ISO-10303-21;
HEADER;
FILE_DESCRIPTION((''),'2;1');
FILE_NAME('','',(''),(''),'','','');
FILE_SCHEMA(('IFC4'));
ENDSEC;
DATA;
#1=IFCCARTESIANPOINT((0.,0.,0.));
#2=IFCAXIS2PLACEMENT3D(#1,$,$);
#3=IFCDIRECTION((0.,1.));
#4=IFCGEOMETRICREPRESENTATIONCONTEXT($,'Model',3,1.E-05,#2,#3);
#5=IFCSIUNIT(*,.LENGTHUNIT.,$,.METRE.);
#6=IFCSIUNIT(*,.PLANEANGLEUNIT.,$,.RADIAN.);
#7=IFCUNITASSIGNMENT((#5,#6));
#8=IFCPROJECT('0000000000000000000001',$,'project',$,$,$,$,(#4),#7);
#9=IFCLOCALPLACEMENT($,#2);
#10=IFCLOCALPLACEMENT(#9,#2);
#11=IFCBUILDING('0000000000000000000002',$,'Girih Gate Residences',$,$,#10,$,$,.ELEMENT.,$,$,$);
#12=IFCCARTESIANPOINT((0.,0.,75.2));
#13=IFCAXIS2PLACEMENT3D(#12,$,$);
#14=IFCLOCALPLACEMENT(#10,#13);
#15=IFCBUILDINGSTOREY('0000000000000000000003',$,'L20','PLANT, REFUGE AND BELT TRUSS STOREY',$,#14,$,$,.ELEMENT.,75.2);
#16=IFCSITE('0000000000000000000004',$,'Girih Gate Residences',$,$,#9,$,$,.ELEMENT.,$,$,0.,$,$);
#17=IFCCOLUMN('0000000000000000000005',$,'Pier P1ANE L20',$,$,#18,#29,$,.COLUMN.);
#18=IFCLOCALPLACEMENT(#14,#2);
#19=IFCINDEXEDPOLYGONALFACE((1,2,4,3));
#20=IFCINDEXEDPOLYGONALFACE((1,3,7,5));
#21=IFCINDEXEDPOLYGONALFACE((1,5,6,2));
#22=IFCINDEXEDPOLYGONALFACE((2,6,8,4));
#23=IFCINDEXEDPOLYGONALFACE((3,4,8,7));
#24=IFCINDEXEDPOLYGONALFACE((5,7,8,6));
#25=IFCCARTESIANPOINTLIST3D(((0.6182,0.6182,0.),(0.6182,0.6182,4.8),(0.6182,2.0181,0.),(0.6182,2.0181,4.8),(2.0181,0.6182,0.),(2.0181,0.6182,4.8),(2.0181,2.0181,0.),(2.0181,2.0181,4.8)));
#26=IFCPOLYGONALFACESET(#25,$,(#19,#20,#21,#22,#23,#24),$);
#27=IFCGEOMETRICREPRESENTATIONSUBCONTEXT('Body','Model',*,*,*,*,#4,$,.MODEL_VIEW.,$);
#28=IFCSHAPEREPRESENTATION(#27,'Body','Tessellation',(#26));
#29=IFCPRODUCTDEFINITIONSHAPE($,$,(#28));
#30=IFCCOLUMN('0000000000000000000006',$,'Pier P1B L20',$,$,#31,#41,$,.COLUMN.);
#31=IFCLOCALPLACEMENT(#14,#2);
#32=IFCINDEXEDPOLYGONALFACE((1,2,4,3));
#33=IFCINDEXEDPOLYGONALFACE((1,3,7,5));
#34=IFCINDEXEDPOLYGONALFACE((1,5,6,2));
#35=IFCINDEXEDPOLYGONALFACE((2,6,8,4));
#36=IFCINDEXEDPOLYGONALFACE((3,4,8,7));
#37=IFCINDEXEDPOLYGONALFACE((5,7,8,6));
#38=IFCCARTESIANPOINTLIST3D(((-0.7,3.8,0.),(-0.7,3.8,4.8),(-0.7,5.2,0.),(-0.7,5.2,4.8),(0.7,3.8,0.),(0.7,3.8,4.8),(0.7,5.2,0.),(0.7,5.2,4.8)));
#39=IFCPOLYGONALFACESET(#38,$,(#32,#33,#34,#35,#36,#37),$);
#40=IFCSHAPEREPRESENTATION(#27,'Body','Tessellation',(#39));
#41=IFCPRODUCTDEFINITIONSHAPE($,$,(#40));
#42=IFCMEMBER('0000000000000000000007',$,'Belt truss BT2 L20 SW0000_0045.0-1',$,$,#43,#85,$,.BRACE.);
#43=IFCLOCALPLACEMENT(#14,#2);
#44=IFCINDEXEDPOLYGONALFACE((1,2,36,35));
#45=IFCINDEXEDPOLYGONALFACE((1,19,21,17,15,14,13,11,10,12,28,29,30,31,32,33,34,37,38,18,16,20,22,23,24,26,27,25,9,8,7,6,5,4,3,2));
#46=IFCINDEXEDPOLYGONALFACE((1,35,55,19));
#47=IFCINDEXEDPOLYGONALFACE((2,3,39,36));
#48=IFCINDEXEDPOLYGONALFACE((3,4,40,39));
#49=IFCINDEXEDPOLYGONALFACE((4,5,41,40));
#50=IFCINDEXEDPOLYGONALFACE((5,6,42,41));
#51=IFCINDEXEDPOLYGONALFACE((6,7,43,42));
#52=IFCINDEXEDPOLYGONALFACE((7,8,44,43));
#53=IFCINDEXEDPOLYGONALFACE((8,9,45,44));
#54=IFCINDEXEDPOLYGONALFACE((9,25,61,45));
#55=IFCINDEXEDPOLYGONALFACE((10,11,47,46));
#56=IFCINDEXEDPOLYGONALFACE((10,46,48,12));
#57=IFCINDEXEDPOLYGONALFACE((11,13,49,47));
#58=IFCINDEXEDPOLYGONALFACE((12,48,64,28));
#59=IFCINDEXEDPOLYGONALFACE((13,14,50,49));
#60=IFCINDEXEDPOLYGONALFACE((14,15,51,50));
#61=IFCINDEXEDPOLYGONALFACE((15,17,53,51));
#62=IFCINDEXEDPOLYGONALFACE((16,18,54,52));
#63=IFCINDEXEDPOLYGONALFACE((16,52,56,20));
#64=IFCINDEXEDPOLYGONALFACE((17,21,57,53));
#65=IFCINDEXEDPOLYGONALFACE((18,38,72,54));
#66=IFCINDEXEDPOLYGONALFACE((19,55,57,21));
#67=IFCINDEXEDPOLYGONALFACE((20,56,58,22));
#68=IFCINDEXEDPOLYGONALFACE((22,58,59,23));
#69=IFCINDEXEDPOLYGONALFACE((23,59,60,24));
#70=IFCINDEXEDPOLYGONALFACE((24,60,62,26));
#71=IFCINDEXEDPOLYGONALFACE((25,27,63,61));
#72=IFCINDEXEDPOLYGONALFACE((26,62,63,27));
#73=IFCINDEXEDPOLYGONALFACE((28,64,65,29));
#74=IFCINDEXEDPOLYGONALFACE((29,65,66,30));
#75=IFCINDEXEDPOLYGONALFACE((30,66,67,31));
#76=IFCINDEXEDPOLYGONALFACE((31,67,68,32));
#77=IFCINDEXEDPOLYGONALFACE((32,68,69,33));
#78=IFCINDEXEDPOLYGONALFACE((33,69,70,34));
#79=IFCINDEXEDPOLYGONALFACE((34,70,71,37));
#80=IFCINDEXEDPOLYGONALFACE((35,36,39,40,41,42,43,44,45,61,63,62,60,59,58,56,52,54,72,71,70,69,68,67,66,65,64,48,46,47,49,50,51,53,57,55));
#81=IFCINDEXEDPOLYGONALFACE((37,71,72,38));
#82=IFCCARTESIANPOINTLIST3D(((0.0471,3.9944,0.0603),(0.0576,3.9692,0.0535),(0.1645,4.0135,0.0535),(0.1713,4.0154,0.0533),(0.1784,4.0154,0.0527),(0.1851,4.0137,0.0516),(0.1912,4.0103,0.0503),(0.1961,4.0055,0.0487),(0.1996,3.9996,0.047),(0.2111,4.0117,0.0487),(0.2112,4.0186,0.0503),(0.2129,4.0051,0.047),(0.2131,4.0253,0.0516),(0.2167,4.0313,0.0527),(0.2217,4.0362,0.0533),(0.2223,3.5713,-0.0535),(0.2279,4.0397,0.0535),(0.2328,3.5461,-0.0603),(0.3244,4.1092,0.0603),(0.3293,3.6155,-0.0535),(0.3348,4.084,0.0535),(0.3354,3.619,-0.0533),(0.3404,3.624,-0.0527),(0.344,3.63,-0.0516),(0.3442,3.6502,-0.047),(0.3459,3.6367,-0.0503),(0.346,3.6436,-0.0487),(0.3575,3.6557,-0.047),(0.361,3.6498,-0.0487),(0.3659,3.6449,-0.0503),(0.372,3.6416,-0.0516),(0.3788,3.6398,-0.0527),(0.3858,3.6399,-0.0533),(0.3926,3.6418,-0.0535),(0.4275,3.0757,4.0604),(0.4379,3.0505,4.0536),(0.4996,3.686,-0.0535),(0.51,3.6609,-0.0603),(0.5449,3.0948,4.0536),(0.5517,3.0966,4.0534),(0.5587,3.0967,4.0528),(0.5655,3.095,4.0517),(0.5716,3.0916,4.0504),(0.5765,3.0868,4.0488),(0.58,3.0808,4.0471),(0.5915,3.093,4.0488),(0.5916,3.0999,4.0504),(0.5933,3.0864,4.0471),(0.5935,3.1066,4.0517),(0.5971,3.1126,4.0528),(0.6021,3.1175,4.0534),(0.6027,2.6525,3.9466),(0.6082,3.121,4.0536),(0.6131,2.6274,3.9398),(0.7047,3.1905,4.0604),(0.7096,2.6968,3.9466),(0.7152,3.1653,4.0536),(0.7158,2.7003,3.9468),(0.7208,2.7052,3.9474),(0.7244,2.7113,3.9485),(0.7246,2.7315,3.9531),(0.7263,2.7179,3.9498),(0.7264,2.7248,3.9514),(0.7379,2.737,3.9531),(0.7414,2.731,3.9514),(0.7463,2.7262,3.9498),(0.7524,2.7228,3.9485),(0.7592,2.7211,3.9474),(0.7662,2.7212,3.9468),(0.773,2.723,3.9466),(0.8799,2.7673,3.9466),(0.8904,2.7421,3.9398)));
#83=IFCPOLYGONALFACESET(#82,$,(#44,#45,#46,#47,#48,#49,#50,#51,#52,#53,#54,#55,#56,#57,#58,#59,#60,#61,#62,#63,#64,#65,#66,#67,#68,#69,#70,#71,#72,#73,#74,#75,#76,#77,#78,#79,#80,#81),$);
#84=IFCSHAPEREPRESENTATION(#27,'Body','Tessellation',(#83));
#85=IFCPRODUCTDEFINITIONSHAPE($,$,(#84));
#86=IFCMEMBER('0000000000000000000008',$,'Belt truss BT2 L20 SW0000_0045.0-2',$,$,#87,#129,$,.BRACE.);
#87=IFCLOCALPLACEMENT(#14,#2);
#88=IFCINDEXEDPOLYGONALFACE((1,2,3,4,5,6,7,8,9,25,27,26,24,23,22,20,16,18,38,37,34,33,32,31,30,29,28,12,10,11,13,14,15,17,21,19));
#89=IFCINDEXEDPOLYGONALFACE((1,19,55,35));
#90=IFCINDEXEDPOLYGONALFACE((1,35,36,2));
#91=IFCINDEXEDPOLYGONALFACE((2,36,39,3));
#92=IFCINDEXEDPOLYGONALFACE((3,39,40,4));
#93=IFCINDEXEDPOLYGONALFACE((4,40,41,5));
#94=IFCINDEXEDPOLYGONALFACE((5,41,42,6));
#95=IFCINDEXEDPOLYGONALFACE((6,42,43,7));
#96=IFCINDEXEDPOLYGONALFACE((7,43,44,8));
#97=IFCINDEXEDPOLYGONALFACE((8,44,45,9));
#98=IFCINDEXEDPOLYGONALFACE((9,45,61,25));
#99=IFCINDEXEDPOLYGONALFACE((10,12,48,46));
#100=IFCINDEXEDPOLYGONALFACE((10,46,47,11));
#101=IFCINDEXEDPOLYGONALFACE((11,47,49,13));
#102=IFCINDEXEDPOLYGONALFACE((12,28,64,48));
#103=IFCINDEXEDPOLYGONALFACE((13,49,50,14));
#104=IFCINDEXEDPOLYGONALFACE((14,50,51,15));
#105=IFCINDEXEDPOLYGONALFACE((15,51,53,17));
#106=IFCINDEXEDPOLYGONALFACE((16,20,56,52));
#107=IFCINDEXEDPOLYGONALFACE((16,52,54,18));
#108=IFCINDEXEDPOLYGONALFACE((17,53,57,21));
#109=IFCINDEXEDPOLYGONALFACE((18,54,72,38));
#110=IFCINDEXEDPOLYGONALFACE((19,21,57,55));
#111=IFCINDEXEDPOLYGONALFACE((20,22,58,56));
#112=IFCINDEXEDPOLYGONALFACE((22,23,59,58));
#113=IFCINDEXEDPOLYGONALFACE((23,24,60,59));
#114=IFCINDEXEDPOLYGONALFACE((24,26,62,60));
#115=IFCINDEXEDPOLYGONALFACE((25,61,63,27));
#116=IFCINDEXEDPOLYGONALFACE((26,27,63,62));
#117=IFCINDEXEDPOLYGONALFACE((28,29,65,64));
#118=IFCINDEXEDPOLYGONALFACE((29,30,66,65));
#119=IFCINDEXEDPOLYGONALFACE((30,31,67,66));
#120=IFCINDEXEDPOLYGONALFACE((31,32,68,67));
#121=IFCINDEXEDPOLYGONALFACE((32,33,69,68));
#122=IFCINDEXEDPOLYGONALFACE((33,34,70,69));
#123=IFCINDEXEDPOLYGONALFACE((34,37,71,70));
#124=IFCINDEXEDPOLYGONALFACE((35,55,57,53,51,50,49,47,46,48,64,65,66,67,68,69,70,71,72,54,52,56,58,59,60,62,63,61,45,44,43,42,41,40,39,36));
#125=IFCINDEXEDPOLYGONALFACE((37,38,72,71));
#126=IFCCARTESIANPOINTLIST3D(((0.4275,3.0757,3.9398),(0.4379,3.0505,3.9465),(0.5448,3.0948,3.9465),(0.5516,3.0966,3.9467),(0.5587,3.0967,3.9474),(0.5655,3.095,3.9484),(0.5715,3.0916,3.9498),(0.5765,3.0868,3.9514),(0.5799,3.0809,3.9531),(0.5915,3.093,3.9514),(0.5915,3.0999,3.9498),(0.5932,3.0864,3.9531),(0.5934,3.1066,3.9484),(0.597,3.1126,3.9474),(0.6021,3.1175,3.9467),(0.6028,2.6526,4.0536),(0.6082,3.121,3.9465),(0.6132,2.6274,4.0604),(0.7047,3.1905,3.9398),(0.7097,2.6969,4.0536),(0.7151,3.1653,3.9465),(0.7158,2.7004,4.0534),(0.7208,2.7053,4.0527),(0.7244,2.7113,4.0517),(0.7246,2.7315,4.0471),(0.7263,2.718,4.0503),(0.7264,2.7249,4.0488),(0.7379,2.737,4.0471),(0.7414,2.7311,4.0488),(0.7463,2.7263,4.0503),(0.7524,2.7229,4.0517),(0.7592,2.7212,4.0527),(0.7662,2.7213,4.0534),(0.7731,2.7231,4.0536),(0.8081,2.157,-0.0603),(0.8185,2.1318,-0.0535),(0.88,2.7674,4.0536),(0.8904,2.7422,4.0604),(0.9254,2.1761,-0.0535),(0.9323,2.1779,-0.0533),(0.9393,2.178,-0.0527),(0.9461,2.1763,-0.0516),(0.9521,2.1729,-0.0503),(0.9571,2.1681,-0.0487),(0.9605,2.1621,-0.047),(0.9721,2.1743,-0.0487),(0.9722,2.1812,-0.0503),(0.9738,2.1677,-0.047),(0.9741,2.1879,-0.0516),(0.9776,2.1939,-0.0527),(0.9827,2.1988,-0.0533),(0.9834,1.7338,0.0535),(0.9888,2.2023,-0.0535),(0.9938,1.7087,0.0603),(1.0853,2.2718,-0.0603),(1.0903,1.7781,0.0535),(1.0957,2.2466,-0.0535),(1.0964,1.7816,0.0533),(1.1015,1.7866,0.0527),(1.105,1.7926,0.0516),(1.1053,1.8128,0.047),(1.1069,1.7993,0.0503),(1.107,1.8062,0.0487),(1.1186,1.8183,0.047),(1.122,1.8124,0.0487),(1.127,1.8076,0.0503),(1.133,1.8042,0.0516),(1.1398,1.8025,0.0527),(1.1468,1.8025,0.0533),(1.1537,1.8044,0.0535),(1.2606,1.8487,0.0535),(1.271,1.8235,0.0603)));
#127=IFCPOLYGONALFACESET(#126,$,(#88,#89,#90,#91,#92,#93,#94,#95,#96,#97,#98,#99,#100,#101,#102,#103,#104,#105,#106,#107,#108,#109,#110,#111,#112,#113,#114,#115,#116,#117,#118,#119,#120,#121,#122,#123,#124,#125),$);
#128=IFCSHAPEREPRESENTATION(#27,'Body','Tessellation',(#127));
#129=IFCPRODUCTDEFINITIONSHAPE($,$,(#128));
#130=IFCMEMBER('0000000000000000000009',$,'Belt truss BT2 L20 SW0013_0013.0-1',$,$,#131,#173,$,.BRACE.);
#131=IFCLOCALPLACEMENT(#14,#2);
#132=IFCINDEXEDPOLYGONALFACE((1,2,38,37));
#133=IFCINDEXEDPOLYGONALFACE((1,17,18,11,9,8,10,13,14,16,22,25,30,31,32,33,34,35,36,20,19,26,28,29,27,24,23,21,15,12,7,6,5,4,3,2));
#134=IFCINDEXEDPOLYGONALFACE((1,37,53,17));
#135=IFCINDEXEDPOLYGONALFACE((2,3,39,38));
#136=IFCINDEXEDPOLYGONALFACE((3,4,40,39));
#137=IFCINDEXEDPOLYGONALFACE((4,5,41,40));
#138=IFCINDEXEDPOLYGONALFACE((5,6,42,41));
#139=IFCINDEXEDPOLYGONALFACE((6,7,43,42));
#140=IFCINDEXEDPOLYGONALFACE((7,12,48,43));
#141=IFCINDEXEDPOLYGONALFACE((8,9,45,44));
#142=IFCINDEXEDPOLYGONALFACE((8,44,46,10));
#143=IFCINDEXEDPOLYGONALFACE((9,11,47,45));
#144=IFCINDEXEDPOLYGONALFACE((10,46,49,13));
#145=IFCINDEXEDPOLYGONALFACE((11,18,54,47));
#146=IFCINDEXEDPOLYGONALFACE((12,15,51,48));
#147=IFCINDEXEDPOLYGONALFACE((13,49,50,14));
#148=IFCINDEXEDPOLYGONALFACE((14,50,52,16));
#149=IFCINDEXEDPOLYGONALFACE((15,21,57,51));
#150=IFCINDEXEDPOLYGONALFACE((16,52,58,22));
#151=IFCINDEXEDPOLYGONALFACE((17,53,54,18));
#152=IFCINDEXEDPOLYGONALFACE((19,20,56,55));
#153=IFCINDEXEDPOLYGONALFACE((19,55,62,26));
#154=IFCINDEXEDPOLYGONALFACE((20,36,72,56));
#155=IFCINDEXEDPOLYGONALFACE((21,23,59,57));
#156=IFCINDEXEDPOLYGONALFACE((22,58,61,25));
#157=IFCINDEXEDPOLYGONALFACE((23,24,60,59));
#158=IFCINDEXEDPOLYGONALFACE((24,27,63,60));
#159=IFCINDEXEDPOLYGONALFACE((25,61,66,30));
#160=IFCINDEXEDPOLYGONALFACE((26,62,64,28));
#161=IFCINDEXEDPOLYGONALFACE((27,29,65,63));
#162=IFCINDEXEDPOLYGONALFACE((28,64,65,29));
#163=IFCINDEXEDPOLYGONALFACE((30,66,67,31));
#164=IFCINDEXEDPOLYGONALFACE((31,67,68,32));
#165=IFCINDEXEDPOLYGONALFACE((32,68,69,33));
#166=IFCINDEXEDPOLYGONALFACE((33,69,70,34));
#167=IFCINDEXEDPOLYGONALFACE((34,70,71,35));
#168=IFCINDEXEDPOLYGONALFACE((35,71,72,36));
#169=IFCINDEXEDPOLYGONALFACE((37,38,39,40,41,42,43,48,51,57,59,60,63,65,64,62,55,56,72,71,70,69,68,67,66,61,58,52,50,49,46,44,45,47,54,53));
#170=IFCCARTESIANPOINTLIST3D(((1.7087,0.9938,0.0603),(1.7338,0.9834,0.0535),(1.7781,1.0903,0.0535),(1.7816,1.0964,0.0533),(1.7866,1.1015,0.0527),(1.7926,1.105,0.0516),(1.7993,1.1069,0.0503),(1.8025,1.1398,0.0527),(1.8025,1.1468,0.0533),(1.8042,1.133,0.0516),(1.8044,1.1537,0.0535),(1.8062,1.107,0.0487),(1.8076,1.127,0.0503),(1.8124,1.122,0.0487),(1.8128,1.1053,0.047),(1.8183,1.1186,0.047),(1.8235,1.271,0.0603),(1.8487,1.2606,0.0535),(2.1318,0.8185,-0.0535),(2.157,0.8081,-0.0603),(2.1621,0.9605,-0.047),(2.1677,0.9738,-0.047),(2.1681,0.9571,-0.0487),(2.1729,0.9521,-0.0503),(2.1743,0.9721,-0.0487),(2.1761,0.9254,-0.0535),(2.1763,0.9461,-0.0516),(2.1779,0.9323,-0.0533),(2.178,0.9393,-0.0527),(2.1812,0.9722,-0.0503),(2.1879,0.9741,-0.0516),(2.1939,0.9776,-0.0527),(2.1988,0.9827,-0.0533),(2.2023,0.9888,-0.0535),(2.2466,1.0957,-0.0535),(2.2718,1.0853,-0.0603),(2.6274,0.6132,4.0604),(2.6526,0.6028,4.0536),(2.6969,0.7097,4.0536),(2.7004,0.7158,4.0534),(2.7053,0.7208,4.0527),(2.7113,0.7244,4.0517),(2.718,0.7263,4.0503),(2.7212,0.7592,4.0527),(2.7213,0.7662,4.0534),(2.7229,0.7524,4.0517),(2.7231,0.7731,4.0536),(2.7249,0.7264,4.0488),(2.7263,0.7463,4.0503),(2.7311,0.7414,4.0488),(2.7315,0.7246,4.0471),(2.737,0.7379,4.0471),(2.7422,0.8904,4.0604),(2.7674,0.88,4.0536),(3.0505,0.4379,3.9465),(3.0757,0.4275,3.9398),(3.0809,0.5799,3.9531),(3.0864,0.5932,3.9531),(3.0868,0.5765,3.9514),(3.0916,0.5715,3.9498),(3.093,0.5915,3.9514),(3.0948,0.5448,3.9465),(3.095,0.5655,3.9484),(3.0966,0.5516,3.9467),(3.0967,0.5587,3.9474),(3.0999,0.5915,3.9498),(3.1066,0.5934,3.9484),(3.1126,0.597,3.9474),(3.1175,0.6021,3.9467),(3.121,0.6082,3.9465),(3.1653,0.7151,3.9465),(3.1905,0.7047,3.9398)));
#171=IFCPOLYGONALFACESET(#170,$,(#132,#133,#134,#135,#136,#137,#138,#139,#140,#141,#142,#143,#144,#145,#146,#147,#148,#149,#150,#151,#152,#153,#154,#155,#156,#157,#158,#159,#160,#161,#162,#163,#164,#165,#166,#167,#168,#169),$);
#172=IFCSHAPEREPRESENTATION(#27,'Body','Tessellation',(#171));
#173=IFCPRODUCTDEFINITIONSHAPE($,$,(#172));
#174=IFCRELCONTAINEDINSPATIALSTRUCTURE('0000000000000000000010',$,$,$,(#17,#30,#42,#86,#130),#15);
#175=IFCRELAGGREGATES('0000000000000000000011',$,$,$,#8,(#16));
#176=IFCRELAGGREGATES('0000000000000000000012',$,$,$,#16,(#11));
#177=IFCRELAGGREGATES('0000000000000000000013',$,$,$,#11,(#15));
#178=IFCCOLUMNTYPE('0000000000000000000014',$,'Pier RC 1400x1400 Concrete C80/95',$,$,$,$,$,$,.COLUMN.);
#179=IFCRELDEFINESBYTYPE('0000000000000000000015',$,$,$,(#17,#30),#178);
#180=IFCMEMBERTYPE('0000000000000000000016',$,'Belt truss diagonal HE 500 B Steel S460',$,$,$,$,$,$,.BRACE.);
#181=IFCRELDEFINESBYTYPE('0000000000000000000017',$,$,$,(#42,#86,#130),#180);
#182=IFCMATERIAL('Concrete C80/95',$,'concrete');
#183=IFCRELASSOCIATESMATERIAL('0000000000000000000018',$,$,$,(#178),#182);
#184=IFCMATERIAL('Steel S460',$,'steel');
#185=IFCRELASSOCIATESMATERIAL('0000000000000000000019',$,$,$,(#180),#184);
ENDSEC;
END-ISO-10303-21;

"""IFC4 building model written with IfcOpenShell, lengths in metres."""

from ifc_helpers import new_model, si_unit, direction, frame, origin, origin_2d, place, context, subcontext, project, spatial, rectangle, i_section, extrude, material, material_profile, profile_set, type_object, element, save


model = new_model("IFC4")

# Units and contexts
model_context = context("Model", 3, precision=1e-05, world=origin(), true_north=direction((0.0, 1.0)))
body_context = subcontext(model_context, "Body", "Model", "MODEL_VIEW")
ifc_project = project(units=[si_unit("LENGTHUNIT", "METRE"), si_unit("PLANEANGLEUNIT", "RADIAN")], contexts=[model_context])

# Site, building, storey
site_placement = place(None, origin())
site = spatial("IfcSite", under=ifc_project, at=site_placement, Name="Girih Gate Residences", CompositionType="ELEMENT", RefElevation=0.0)
building_placement = place(site_placement, origin())
building = spatial("IfcBuilding", under=site, at=building_placement, Name="Girih Gate Residences", CompositionType="ELEMENT")
storey_placement = place(building_placement, frame((0.0, 0.0, 75.2)))
storey = spatial("IfcBuildingStorey", under=building, at=storey_placement, Name="L20", Description="PLANT, REFUGE AND BELT TRUSS STOREY", CompositionType="ELEMENT", Elevation=75.2)

# Columns
ifc_material_1 = material(Name="Concrete C80/95", Category="concrete")
ifc_material_profile_1 = material_profile(ifc_material_1, rectangle(XDim=1.3999, YDim=1.3999, at=origin_2d()))
ifc_profile_set_1 = profile_set([ifc_material_profile_1], Name="Concrete C80/95")
column_type = type_object("IfcColumnType", Name="Pier RC 1400x1400 Concrete C80/95", PredefinedType="COLUMN", material=ifc_profile_set_1)
for number, where, z_axis, x_axis, name in (
    (1, (1.3181, 1.3181, 0.0), (0.0, 0.0, 1.0), (1.0, 0.0, 0.0), "Pier P1ANE L20"),
    (2, (0.0, 4.5, 0.0), (0.0, 0.0, 1.0), (1.0, 0.0, 0.0), "Pier P1B L20"),
):
    element("IfcColumn", number, at=place(storey_placement, frame(where, z_axis=z_axis, x_axis=x_axis)), inside=storey, type_object=column_type, Name=name, PredefinedType="COLUMN", context=body_context, shape_type="SweptSolid", body=[
        extrude(rectangle(XDim=1.3999, YDim=1.3999, at=origin_2d()), origin(), (0.0, 0.0, 1.0), 4.8),
    ])

# Members
ifc_material_2 = material(Name="Steel S460", Category="steel")
ifc_material_profile_2 = material_profile(ifc_material_2, i_section(OverallWidth=0.3, OverallDepth=0.5, WebThickness=0.0144, FlangeThickness=0.0281, FilletRadius=0.0271, at=origin_2d()))
ifc_profile_set_2 = profile_set([ifc_material_profile_2], Name="Steel S460")
member_type_1 = type_object("IfcMemberType", Name="Belt truss diagonal HE 500 B Steel S460", PredefinedType="BRACE", material=ifc_profile_set_2)
for number, where, z_axis, x_axis, name in (
    (3, (0.2786, 3.8276, 0.0), (0.092284, -0.222892, 0.970465), (0.923939, 0.38254, 0.0), "Belt truss BT2 L20 SW0000_0045.0-1"),
    (4, (1.0396, 1.9902, 0.0), (-0.092343, 0.222891, 0.97046), (-0.923852, -0.382749, 0.0), "Belt truss BT2 L20 SW0000_0045.0-2"),
    (5, (1.9902, 1.0396, 0.0), (0.222891, -0.092343, 0.97046), (0.382749, 0.923852, 0.0), "Belt truss BT2 L20 SW0013_0013.0-1"),
):
    element("IfcMember", number, at=place(storey_placement, frame(where, z_axis=z_axis, x_axis=x_axis)), inside=storey, type_object=member_type_1, Name=name, PredefinedType="BRACE", context=body_context, shape_type="SweptSolid", body=[
        extrude(i_section(OverallWidth=0.3, OverallDepth=0.5, WebThickness=0.0144, FlangeThickness=0.0281, FilletRadius=0.0271, at=origin_2d()), origin(), (0.0, 0.0, 1.0), 4.1218),
    ])

save(model, "model.ifc")
